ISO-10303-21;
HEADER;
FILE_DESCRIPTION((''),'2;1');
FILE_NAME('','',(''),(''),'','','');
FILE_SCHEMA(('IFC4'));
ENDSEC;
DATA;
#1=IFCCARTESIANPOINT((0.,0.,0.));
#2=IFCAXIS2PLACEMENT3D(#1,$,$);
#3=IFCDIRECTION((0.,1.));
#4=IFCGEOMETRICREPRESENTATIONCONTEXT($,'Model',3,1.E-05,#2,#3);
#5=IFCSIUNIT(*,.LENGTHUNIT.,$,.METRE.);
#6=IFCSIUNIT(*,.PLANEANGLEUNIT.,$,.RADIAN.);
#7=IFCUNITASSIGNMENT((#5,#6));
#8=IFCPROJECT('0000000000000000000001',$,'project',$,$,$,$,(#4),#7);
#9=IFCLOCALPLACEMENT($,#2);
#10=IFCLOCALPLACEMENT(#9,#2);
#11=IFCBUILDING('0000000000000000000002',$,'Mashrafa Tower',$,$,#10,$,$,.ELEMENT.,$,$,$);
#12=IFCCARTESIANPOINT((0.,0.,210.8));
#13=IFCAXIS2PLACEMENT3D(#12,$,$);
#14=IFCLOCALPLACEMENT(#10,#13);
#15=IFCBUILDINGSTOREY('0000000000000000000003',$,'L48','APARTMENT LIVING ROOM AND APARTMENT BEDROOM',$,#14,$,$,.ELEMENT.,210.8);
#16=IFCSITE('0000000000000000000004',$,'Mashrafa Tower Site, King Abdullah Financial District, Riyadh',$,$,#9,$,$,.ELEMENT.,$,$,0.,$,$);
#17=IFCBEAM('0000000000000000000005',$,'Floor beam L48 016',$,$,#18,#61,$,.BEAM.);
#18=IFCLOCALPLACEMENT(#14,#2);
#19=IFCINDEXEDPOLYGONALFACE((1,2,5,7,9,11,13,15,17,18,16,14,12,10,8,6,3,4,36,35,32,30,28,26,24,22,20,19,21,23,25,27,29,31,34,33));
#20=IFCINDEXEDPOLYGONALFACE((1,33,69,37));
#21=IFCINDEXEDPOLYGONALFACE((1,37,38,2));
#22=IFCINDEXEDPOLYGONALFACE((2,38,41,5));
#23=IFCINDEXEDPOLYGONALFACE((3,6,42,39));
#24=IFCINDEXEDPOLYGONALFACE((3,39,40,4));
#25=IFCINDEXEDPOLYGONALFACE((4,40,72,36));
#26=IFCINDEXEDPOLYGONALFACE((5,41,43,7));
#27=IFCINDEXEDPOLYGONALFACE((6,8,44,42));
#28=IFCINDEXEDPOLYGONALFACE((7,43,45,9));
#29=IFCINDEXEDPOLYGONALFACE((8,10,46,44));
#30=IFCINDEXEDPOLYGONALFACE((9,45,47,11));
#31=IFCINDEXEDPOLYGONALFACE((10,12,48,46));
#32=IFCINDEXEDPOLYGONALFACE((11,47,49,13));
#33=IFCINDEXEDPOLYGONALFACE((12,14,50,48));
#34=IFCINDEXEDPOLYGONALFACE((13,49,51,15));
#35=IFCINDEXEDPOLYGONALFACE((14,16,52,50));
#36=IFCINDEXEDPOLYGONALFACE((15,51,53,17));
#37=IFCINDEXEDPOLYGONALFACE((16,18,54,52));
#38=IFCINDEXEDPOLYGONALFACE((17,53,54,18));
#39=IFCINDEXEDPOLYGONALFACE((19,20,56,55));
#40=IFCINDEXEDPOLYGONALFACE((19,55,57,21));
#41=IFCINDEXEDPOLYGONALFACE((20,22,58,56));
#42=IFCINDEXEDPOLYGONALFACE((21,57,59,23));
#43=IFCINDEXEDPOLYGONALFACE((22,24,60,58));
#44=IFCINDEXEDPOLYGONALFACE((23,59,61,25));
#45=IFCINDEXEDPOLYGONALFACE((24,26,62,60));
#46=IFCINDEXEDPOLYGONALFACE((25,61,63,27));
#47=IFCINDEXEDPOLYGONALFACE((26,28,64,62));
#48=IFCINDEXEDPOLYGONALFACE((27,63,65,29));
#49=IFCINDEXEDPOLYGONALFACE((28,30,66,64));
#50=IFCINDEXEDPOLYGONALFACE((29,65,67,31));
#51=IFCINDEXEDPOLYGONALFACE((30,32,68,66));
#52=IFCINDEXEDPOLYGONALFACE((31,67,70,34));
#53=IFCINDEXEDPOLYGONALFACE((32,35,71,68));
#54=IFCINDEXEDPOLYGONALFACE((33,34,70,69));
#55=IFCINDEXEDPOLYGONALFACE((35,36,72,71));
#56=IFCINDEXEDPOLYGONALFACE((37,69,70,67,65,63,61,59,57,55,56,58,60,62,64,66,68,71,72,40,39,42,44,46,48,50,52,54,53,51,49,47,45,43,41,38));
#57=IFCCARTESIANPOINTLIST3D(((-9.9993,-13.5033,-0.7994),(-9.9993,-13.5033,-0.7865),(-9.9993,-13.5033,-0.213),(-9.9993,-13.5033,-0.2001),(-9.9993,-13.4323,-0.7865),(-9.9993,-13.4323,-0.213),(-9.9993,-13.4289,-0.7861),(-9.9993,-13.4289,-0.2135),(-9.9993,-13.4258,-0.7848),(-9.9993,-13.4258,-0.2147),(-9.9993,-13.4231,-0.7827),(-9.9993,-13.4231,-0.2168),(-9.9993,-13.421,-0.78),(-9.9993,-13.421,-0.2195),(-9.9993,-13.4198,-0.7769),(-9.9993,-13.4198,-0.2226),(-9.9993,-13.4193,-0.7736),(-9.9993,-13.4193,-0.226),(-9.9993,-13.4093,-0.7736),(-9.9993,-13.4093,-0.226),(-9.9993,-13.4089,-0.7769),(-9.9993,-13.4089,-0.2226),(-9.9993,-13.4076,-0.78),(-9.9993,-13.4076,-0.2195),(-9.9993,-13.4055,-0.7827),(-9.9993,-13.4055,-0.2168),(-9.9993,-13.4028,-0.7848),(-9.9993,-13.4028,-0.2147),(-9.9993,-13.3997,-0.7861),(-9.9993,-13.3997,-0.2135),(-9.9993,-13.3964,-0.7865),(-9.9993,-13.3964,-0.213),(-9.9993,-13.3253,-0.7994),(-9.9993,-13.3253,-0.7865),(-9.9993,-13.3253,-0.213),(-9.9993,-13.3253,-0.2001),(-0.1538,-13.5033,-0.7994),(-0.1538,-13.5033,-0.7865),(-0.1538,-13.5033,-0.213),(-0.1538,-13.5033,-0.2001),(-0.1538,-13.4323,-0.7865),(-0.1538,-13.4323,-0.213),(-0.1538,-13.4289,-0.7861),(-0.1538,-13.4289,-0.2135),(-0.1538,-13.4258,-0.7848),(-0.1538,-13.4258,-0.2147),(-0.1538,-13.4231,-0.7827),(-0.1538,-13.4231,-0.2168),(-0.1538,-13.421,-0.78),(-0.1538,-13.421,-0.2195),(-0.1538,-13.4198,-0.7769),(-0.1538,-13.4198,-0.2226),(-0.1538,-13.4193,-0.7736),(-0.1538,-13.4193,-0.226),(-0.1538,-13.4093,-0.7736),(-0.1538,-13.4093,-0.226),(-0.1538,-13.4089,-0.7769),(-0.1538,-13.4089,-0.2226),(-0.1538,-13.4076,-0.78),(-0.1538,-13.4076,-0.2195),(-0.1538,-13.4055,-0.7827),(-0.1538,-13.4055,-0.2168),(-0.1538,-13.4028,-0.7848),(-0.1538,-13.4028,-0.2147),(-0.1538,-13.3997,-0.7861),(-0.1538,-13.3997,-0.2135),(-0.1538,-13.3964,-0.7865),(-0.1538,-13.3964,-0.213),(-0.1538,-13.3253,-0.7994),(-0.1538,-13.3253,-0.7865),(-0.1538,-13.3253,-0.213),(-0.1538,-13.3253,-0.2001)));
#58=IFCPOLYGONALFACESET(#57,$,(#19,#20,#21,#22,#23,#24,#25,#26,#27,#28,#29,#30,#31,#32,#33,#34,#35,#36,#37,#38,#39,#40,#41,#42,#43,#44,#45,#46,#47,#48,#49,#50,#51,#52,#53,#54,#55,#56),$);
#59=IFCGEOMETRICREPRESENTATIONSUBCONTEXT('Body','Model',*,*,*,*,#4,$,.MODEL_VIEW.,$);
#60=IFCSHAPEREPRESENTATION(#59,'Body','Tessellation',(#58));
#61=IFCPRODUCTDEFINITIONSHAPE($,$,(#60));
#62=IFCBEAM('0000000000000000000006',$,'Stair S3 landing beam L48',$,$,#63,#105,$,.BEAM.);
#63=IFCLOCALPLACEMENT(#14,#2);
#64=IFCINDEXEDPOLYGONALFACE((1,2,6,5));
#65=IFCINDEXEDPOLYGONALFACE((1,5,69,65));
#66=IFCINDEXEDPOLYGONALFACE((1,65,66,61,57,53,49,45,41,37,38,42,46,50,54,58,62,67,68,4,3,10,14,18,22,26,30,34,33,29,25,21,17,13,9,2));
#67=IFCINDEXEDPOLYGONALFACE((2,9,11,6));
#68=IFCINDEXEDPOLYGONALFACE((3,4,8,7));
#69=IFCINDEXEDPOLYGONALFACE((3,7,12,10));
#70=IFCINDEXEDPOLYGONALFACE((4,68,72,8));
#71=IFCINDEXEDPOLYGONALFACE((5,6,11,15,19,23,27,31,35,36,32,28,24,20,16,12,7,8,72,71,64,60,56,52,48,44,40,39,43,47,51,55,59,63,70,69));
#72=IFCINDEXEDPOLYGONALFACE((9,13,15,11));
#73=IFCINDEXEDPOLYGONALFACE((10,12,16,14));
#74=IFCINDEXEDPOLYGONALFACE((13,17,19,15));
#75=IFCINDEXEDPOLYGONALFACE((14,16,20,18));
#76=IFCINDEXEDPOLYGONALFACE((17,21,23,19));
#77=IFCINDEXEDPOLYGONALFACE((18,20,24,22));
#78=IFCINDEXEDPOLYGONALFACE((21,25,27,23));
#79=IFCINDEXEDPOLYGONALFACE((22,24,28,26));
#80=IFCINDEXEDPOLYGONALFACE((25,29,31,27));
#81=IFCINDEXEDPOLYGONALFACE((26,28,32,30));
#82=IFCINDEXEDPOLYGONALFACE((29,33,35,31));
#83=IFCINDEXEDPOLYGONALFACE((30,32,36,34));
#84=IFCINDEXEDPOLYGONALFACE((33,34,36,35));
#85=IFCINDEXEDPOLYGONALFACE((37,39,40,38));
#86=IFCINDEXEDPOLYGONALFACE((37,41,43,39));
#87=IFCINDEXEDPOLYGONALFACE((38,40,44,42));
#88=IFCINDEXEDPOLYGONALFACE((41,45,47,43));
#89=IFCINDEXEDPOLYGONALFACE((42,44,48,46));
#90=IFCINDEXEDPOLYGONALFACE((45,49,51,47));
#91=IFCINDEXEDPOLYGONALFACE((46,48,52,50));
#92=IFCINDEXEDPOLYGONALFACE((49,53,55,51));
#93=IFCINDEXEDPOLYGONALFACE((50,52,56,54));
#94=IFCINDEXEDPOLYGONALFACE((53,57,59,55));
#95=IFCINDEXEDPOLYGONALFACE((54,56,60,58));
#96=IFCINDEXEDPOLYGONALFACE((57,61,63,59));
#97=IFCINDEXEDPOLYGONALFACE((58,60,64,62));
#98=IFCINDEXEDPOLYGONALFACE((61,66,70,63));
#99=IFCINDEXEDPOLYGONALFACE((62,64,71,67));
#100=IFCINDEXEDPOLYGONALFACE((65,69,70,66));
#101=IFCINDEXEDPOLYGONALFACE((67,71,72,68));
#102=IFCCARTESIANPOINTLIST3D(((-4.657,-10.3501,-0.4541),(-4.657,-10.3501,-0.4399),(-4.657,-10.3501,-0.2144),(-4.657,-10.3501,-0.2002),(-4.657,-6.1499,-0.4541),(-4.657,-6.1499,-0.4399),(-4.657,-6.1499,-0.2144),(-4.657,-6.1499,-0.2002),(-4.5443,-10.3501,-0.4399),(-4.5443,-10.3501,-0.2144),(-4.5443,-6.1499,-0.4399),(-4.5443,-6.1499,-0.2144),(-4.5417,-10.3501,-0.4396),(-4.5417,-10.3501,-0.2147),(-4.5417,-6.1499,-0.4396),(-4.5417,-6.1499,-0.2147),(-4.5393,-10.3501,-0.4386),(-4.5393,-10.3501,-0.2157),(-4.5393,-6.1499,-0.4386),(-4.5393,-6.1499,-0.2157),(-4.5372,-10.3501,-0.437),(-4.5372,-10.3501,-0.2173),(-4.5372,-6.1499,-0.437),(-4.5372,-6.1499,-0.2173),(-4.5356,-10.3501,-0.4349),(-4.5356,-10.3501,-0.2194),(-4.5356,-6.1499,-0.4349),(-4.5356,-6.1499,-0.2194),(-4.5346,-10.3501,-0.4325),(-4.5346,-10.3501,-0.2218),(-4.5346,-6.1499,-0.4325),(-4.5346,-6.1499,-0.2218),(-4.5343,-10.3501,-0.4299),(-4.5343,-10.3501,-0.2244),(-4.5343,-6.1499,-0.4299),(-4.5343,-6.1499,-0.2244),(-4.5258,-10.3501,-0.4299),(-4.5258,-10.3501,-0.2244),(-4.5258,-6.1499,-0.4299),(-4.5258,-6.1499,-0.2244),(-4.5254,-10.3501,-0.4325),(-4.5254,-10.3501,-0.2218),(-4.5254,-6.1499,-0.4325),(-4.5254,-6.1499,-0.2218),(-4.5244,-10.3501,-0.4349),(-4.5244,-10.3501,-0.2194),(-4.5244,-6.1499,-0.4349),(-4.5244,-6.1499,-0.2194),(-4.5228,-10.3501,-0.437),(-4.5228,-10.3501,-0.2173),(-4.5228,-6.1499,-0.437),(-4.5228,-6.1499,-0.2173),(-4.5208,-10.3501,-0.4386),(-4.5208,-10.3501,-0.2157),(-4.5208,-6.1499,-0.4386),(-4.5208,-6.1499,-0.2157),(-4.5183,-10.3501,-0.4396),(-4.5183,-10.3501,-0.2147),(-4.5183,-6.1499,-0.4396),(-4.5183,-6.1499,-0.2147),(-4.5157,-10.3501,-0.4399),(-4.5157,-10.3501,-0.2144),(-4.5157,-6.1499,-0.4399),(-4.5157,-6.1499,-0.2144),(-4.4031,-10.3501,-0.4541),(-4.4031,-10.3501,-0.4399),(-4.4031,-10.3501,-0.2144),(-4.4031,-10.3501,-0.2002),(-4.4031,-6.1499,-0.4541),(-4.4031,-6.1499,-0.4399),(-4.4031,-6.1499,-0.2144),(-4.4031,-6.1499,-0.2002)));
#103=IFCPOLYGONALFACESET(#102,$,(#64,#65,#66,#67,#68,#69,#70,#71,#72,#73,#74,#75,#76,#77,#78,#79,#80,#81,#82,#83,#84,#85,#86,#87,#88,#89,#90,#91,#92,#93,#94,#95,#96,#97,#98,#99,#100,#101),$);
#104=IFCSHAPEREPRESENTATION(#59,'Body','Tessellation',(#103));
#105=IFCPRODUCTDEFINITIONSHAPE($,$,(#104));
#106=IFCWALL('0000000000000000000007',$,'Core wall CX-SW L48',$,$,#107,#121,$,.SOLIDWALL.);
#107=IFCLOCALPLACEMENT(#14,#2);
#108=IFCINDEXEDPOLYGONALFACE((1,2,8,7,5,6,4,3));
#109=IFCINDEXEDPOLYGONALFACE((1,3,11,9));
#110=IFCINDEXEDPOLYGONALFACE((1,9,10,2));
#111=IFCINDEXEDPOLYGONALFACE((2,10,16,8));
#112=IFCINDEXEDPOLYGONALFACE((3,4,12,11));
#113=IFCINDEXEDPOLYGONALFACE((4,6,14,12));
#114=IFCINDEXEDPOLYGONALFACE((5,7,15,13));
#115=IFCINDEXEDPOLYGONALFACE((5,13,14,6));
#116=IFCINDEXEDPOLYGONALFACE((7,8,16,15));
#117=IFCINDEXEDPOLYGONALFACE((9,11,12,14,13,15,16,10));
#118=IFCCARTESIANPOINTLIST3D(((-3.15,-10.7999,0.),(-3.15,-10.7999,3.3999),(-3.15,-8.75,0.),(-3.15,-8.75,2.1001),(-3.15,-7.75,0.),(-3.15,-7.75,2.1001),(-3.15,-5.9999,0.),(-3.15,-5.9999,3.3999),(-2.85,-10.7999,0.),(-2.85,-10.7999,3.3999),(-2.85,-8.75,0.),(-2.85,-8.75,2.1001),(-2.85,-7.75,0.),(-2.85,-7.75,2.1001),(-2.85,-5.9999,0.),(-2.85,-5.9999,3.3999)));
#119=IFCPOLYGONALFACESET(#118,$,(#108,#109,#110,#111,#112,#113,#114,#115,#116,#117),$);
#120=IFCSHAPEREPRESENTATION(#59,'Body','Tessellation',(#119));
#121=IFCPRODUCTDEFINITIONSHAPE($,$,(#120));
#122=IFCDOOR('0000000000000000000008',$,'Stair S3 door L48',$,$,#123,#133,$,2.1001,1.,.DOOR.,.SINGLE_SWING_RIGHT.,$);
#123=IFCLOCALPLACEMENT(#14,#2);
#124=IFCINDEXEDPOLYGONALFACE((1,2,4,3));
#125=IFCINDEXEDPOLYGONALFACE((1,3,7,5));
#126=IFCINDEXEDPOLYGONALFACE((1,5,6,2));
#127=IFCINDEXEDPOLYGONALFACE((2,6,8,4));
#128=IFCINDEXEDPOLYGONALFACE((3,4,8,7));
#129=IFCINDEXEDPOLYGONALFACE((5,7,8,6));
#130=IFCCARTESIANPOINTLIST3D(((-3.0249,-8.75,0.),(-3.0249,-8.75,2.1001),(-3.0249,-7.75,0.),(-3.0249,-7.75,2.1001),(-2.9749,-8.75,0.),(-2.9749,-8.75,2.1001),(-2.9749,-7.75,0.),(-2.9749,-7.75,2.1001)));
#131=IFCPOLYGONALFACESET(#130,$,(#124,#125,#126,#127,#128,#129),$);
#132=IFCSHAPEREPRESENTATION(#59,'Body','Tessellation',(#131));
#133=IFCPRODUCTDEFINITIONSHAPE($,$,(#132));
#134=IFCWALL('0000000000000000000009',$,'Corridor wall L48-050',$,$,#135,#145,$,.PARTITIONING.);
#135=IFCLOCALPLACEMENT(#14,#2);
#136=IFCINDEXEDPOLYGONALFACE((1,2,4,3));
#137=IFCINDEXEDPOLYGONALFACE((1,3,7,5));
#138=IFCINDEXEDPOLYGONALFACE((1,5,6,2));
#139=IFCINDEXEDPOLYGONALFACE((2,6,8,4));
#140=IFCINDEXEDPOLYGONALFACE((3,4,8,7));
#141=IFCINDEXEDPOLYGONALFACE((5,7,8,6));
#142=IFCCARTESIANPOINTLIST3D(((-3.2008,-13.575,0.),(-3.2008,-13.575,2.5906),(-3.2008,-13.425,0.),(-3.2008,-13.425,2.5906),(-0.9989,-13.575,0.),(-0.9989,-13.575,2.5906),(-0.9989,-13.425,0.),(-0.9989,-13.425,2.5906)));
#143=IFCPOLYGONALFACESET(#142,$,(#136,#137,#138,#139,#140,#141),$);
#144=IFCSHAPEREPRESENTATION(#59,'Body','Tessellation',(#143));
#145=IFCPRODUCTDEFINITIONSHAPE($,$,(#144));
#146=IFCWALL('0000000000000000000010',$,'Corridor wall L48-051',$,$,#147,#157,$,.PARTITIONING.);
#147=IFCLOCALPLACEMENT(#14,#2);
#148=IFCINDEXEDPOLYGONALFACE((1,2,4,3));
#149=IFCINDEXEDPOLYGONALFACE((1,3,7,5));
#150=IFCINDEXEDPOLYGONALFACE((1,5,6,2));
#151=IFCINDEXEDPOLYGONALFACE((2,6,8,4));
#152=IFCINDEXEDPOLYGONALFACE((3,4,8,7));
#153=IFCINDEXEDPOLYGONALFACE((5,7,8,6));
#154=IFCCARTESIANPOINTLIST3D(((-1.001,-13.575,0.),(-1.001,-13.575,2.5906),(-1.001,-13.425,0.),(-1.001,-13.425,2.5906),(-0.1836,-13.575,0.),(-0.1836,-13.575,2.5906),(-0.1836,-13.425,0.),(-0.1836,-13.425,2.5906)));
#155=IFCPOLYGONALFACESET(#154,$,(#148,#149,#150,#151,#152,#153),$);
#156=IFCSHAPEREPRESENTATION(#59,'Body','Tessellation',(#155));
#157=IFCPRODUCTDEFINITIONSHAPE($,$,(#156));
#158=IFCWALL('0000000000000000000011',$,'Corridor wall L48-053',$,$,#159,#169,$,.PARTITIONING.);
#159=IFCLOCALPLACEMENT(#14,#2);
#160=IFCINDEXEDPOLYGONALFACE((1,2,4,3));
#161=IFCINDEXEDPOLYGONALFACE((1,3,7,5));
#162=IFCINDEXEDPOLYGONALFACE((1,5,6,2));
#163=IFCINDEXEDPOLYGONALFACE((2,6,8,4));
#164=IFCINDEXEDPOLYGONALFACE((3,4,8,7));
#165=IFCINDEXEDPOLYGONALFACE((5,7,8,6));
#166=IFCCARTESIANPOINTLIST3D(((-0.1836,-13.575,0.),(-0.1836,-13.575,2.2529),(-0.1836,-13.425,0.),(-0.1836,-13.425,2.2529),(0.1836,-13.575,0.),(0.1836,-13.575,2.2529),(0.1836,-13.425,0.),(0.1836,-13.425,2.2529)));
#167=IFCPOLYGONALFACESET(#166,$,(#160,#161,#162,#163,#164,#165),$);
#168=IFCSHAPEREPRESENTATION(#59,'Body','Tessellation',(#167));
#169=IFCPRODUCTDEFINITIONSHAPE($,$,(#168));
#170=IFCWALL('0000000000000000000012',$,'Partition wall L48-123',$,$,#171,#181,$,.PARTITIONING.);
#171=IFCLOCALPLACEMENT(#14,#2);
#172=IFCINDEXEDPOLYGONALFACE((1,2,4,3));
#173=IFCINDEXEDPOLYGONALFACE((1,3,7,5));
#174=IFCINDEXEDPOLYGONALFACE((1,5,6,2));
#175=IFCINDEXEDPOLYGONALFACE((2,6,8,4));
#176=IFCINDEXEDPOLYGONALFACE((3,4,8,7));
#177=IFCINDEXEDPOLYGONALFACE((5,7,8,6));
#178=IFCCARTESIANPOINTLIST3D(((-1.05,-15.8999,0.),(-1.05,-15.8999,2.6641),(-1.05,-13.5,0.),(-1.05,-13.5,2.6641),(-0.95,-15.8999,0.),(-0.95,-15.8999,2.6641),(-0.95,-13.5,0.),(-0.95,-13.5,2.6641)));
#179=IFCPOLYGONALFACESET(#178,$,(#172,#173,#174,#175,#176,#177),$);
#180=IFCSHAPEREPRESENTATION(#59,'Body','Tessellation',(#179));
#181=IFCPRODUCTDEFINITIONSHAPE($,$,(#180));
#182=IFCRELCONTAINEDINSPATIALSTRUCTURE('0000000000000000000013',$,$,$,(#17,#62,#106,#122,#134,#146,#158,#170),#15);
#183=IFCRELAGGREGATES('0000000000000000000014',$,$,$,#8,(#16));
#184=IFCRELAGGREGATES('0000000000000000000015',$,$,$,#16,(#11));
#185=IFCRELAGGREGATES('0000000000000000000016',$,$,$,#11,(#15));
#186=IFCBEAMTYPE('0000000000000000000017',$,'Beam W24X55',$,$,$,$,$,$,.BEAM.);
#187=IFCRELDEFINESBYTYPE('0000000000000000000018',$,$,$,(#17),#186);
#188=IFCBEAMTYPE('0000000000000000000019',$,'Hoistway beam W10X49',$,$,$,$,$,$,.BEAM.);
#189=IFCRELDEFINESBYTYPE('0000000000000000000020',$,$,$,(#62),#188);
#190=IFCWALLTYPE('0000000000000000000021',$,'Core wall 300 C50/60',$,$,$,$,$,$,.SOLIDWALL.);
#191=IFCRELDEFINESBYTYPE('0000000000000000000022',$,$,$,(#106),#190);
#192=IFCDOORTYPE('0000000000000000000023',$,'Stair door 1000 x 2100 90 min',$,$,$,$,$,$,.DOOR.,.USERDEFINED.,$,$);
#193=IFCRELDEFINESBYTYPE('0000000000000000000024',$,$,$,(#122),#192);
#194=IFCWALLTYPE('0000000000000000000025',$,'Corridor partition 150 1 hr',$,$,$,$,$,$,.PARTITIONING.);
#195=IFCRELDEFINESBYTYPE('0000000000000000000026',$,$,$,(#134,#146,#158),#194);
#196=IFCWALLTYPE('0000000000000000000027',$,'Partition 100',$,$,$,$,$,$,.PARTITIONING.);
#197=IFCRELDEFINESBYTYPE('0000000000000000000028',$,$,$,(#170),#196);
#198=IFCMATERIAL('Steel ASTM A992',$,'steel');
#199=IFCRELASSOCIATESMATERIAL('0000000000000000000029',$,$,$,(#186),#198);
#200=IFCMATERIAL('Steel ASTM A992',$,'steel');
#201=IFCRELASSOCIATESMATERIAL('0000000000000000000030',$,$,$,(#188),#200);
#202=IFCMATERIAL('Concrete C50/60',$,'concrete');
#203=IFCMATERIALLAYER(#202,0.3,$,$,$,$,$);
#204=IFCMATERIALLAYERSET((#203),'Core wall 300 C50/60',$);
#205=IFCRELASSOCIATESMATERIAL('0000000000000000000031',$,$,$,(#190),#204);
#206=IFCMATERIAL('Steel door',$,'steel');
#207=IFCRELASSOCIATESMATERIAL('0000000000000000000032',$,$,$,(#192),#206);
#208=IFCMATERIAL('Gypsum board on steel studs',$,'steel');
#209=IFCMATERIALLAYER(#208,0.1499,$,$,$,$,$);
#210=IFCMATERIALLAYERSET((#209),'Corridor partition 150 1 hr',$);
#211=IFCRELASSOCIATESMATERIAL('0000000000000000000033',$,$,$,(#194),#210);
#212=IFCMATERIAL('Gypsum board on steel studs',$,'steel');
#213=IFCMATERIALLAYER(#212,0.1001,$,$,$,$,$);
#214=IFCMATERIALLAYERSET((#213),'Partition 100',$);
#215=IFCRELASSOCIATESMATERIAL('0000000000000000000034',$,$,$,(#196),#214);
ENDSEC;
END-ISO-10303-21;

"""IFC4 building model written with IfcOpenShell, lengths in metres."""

from ifc_helpers import new_model, si_unit, direction, frame, frame_2d, origin, origin_2d, place, context, subcontext, project, spatial, rectangle, i_section, extrude, material, layer, layer_set, material_profile, profile_set, type_object, element, fill, save


model = new_model("IFC4")

# Units and contexts
model_context = context("Model", 3, precision=1e-05, world=origin(), true_north=direction((0.0, 1.0)))
body_context = subcontext(model_context, "Body", "Model", "MODEL_VIEW")
ifc_project = project(units=[si_unit("LENGTHUNIT", "METRE"), si_unit("PLANEANGLEUNIT", "RADIAN")], contexts=[model_context])

# Site, building, storey
site_placement = place(None, origin())
site = spatial("IfcSite", under=ifc_project, at=site_placement, Name="Mashrafa Tower Site, King Abdullah Financial District, Riyadh", CompositionType="ELEMENT", RefElevation=0.0)
building_placement = place(site_placement, origin())
building = spatial("IfcBuilding", under=site, at=building_placement, Name="Mashrafa Tower", CompositionType="ELEMENT")
storey_placement = place(building_placement, frame((0.0, 0.0, 210.8)))
storey = spatial("IfcBuildingStorey", under=building, at=storey_placement, Name="L48", Description="APARTMENT LIVING ROOM AND APARTMENT BEDROOM", CompositionType="ELEMENT", Elevation=210.8)

# Beams
ifc_material_1 = material(Name="Steel ASTM A992", Category="steel")
ifc_material_profile_1 = material_profile(ifc_material_1, i_section(OverallWidth=0.178, OverallDepth=0.5994, WebThickness=0.01, FlangeThickness=0.0129, FilletRadius=0.0129, at=origin_2d()), Name="W24X55")
ifc_profile_set_1 = profile_set([ifc_material_profile_1], Name="Steel ASTM A992")
beam_type_1 = type_object("IfcBeamType", Name="Beam W24X55", PredefinedType="BEAM", material=ifc_profile_set_1)
beam_1_placement = place(storey_placement, frame((-0.1538, -13.4143, -0.4998), z_axis=(-1.0, 0.0, 0.0), x_axis=(0.0, -1.0, 0.0)))
element("IfcBeam", 1, at=beam_1_placement, inside=storey, type_object=beam_type_1, Name="Floor beam L48 016", PredefinedType="BEAM", context=body_context, shape_type="SweptSolid", body=[
    extrude(i_section(OverallWidth=0.178, OverallDepth=0.5994, WebThickness=0.01, FlangeThickness=0.0129, FilletRadius=0.0129, at=origin_2d()), origin(), (0.0, 0.0, 1.0), 9.8455),
])
ifc_material_2 = material(Name="Steel ASTM A992", Category="steel")
ifc_material_profile_2 = material_profile(ifc_material_2, i_section(OverallWidth=0.2539, OverallDepth=0.2539, WebThickness=0.0085, FlangeThickness=0.0142, FilletRadius=0.01, at=origin_2d()), Name="W10X49")
ifc_profile_set_2 = profile_set([ifc_material_profile_2], Name="Steel ASTM A992")
beam_type_2 = type_object("IfcBeamType", Name="Hoistway beam W10X49", PredefinedType="BEAM", material=ifc_profile_set_2)
beam_2_placement = place(storey_placement, frame((-4.53, -10.3501, -0.3271), z_axis=(0.0, 1.0, 0.0), x_axis=(-1.0, 0.0, 0.0)))
element("IfcBeam", 2, at=beam_2_placement, inside=storey, type_object=beam_type_2, Name="Stair S3 landing beam L48", PredefinedType="BEAM", context=body_context, shape_type="SweptSolid", body=[
    extrude(i_section(OverallWidth=0.2539, OverallDepth=0.2539, WebThickness=0.0085, FlangeThickness=0.0142, FilletRadius=0.01, at=origin_2d()), origin(), (0.0, 0.0, 1.0), 4.2002),
])

# Wall, opening, door
ifc_material_3 = material(Name="Concrete C50/60", Category="concrete")
ifc_layer_1 = layer(ifc_material_3, 0.3)
ifc_layer_set_1 = layer_set([ifc_layer_1], Name="Core wall 300 C50/60")
wall_type_1 = type_object("IfcWallType", Name="Core wall 300 C50/60", PredefinedType="SOLIDWALL", material=ifc_layer_set_1)
wall_1_placement = place(storey_placement, frame((-3.0, -6.0, 0.0), z_axis=(0.0, 0.0, 1.0), x_axis=(0.0, -1.0, 0.0)))
wall_1 = element("IfcWall", 3, at=wall_1_placement, inside=storey, type_object=wall_type_1, Name="Core wall CX-SW L48", PredefinedType="SOLIDWALL", context=body_context, shape_type="SweptSolid", body=[
    extrude(rectangle(XDim=4.8, YDim=0.3, at=frame_2d((2.3999, 0.0))), origin(), (0.0, 0.0, 1.0), 3.3999),
])
opening_1_placement = place(wall_1_placement, frame((1.75, 0.0, 0.0)))
opening_1 = element("IfcOpeningElement", 4, at=opening_1_placement, cuts=wall_1, PredefinedType="OPENING", context=body_context, shape_type="SweptSolid", body=[
    extrude(rectangle(XDim=1.0, YDim=2.1001, at=frame_2d((0.5, 1.05))), frame((0.0, 0.1599, 0.0), z_axis=(0.0, -1.0, 0.0), x_axis=(1.0, 0.0, 0.0)), (0.0, 0.0, 1.0), 0.3201),
])
ifc_material_4 = material(Name="Steel door", Category="steel")
door_type_1 = type_object("IfcDoorType", Name="Stair door 1000 x 2100 90 min", OperationType="USERDEFINED", PredefinedType="DOOR", material=ifc_material_4)
door_1_placement = place(opening_1_placement, frame((1.0, 0.0, 0.0), z_axis=(0.0, 0.0, 1.0), x_axis=(-1.0, 0.0, 0.0)))
door_1 = element("IfcDoor", 5, at=door_1_placement, inside=storey, type_object=door_type_1, Name="Stair S3 door L48", OperationType="SINGLE_SWING_RIGHT", OverallHeight=2.1001, OverallWidth=1.0, PredefinedType="DOOR", context=body_context, shape_type="SweptSolid", body=[
    extrude(rectangle(XDim=1.0, YDim=2.1001, at=frame_2d((0.5, 1.05))), frame((0.0, 0.0249, 0.0), z_axis=(0.0, -1.0, 0.0), x_axis=(1.0, 0.0, 0.0)), (0.0, 0.0, 1.0), 0.05),
])
fill(opening_1, door_1)

# Walls
ifc_material_5 = material(Name="Gypsum board on steel studs", Category="steel")
ifc_layer_2 = layer(ifc_material_5, 0.1499)
ifc_layer_set_2 = layer_set([ifc_layer_2], Name="Corridor partition 150 1 hr")
wall_type_2 = type_object("IfcWallType", Name="Corridor partition 150 1 hr", PredefinedType="PARTITIONING", material=ifc_layer_set_2)
wall_2_placement = place(storey_placement, frame((-3.2009, -13.5, 0.0), z_axis=(0.0, 0.0, 1.0), x_axis=(1.0, 0.0, 0.0)))
element("IfcWall", 6, at=wall_2_placement, inside=storey, type_object=wall_type_2, Name="Corridor wall L48-050", PredefinedType="PARTITIONING", context=body_context, shape_type="SweptSolid", body=[
    extrude(rectangle(XDim=2.2019, YDim=0.1499, at=frame_2d((1.1011, 0.0))), origin(), (0.0, 0.0, 1.0), 2.5906),
])
wall_3_placement = place(storey_placement, frame((-1.001, -13.5, 0.0), z_axis=(0.0, 0.0, 1.0), x_axis=(1.0, 0.0, 0.0)))
element("IfcWall", 7, at=wall_3_placement, inside=storey, type_object=wall_type_2, Name="Corridor wall L48-051", PredefinedType="PARTITIONING", context=body_context, shape_type="SweptSolid", body=[
    extrude(rectangle(XDim=0.8174, YDim=0.1499, at=frame_2d((0.4087, 0.0))), origin(), (0.0, 0.0, 1.0), 2.5906),
])
wall_4_placement = place(storey_placement, frame((-0.1836, -13.5, 0.0), z_axis=(0.0, 0.0, 1.0), x_axis=(1.0, 0.0, 0.0)))
element("IfcWall", 8, at=wall_4_placement, inside=storey, type_object=wall_type_2, Name="Corridor wall L48-053", PredefinedType="PARTITIONING", context=body_context, shape_type="SweptSolid", body=[
    extrude(rectangle(XDim=0.3672, YDim=0.1499, at=frame_2d((0.1836, 0.0))), origin(), (0.0, 0.0, 1.0), 2.2529),
])
ifc_material_6 = material(Name="Gypsum board on steel studs", Category="steel")
ifc_layer_3 = layer(ifc_material_6, 0.1001)
ifc_layer_set_3 = layer_set([ifc_layer_3], Name="Partition 100")
wall_type_3 = type_object("IfcWallType", Name="Partition 100", PredefinedType="PARTITIONING", material=ifc_layer_set_3)
wall_5_placement = place(storey_placement, frame((-1.0, -15.8999, 0.0), z_axis=(0.0, 0.0, 1.0), x_axis=(0.0, 1.0, 0.0)))
element("IfcWall", 9, at=wall_5_placement, inside=storey, type_object=wall_type_3, Name="Partition wall L48-123", PredefinedType="PARTITIONING", context=body_context, shape_type="SweptSolid", body=[
    extrude(rectangle(XDim=2.3999, YDim=0.1001, at=frame_2d((1.2, 0.0))), origin(), (0.0, 0.0, 1.0), 2.6641),
])

save(model, "model.ifc")
